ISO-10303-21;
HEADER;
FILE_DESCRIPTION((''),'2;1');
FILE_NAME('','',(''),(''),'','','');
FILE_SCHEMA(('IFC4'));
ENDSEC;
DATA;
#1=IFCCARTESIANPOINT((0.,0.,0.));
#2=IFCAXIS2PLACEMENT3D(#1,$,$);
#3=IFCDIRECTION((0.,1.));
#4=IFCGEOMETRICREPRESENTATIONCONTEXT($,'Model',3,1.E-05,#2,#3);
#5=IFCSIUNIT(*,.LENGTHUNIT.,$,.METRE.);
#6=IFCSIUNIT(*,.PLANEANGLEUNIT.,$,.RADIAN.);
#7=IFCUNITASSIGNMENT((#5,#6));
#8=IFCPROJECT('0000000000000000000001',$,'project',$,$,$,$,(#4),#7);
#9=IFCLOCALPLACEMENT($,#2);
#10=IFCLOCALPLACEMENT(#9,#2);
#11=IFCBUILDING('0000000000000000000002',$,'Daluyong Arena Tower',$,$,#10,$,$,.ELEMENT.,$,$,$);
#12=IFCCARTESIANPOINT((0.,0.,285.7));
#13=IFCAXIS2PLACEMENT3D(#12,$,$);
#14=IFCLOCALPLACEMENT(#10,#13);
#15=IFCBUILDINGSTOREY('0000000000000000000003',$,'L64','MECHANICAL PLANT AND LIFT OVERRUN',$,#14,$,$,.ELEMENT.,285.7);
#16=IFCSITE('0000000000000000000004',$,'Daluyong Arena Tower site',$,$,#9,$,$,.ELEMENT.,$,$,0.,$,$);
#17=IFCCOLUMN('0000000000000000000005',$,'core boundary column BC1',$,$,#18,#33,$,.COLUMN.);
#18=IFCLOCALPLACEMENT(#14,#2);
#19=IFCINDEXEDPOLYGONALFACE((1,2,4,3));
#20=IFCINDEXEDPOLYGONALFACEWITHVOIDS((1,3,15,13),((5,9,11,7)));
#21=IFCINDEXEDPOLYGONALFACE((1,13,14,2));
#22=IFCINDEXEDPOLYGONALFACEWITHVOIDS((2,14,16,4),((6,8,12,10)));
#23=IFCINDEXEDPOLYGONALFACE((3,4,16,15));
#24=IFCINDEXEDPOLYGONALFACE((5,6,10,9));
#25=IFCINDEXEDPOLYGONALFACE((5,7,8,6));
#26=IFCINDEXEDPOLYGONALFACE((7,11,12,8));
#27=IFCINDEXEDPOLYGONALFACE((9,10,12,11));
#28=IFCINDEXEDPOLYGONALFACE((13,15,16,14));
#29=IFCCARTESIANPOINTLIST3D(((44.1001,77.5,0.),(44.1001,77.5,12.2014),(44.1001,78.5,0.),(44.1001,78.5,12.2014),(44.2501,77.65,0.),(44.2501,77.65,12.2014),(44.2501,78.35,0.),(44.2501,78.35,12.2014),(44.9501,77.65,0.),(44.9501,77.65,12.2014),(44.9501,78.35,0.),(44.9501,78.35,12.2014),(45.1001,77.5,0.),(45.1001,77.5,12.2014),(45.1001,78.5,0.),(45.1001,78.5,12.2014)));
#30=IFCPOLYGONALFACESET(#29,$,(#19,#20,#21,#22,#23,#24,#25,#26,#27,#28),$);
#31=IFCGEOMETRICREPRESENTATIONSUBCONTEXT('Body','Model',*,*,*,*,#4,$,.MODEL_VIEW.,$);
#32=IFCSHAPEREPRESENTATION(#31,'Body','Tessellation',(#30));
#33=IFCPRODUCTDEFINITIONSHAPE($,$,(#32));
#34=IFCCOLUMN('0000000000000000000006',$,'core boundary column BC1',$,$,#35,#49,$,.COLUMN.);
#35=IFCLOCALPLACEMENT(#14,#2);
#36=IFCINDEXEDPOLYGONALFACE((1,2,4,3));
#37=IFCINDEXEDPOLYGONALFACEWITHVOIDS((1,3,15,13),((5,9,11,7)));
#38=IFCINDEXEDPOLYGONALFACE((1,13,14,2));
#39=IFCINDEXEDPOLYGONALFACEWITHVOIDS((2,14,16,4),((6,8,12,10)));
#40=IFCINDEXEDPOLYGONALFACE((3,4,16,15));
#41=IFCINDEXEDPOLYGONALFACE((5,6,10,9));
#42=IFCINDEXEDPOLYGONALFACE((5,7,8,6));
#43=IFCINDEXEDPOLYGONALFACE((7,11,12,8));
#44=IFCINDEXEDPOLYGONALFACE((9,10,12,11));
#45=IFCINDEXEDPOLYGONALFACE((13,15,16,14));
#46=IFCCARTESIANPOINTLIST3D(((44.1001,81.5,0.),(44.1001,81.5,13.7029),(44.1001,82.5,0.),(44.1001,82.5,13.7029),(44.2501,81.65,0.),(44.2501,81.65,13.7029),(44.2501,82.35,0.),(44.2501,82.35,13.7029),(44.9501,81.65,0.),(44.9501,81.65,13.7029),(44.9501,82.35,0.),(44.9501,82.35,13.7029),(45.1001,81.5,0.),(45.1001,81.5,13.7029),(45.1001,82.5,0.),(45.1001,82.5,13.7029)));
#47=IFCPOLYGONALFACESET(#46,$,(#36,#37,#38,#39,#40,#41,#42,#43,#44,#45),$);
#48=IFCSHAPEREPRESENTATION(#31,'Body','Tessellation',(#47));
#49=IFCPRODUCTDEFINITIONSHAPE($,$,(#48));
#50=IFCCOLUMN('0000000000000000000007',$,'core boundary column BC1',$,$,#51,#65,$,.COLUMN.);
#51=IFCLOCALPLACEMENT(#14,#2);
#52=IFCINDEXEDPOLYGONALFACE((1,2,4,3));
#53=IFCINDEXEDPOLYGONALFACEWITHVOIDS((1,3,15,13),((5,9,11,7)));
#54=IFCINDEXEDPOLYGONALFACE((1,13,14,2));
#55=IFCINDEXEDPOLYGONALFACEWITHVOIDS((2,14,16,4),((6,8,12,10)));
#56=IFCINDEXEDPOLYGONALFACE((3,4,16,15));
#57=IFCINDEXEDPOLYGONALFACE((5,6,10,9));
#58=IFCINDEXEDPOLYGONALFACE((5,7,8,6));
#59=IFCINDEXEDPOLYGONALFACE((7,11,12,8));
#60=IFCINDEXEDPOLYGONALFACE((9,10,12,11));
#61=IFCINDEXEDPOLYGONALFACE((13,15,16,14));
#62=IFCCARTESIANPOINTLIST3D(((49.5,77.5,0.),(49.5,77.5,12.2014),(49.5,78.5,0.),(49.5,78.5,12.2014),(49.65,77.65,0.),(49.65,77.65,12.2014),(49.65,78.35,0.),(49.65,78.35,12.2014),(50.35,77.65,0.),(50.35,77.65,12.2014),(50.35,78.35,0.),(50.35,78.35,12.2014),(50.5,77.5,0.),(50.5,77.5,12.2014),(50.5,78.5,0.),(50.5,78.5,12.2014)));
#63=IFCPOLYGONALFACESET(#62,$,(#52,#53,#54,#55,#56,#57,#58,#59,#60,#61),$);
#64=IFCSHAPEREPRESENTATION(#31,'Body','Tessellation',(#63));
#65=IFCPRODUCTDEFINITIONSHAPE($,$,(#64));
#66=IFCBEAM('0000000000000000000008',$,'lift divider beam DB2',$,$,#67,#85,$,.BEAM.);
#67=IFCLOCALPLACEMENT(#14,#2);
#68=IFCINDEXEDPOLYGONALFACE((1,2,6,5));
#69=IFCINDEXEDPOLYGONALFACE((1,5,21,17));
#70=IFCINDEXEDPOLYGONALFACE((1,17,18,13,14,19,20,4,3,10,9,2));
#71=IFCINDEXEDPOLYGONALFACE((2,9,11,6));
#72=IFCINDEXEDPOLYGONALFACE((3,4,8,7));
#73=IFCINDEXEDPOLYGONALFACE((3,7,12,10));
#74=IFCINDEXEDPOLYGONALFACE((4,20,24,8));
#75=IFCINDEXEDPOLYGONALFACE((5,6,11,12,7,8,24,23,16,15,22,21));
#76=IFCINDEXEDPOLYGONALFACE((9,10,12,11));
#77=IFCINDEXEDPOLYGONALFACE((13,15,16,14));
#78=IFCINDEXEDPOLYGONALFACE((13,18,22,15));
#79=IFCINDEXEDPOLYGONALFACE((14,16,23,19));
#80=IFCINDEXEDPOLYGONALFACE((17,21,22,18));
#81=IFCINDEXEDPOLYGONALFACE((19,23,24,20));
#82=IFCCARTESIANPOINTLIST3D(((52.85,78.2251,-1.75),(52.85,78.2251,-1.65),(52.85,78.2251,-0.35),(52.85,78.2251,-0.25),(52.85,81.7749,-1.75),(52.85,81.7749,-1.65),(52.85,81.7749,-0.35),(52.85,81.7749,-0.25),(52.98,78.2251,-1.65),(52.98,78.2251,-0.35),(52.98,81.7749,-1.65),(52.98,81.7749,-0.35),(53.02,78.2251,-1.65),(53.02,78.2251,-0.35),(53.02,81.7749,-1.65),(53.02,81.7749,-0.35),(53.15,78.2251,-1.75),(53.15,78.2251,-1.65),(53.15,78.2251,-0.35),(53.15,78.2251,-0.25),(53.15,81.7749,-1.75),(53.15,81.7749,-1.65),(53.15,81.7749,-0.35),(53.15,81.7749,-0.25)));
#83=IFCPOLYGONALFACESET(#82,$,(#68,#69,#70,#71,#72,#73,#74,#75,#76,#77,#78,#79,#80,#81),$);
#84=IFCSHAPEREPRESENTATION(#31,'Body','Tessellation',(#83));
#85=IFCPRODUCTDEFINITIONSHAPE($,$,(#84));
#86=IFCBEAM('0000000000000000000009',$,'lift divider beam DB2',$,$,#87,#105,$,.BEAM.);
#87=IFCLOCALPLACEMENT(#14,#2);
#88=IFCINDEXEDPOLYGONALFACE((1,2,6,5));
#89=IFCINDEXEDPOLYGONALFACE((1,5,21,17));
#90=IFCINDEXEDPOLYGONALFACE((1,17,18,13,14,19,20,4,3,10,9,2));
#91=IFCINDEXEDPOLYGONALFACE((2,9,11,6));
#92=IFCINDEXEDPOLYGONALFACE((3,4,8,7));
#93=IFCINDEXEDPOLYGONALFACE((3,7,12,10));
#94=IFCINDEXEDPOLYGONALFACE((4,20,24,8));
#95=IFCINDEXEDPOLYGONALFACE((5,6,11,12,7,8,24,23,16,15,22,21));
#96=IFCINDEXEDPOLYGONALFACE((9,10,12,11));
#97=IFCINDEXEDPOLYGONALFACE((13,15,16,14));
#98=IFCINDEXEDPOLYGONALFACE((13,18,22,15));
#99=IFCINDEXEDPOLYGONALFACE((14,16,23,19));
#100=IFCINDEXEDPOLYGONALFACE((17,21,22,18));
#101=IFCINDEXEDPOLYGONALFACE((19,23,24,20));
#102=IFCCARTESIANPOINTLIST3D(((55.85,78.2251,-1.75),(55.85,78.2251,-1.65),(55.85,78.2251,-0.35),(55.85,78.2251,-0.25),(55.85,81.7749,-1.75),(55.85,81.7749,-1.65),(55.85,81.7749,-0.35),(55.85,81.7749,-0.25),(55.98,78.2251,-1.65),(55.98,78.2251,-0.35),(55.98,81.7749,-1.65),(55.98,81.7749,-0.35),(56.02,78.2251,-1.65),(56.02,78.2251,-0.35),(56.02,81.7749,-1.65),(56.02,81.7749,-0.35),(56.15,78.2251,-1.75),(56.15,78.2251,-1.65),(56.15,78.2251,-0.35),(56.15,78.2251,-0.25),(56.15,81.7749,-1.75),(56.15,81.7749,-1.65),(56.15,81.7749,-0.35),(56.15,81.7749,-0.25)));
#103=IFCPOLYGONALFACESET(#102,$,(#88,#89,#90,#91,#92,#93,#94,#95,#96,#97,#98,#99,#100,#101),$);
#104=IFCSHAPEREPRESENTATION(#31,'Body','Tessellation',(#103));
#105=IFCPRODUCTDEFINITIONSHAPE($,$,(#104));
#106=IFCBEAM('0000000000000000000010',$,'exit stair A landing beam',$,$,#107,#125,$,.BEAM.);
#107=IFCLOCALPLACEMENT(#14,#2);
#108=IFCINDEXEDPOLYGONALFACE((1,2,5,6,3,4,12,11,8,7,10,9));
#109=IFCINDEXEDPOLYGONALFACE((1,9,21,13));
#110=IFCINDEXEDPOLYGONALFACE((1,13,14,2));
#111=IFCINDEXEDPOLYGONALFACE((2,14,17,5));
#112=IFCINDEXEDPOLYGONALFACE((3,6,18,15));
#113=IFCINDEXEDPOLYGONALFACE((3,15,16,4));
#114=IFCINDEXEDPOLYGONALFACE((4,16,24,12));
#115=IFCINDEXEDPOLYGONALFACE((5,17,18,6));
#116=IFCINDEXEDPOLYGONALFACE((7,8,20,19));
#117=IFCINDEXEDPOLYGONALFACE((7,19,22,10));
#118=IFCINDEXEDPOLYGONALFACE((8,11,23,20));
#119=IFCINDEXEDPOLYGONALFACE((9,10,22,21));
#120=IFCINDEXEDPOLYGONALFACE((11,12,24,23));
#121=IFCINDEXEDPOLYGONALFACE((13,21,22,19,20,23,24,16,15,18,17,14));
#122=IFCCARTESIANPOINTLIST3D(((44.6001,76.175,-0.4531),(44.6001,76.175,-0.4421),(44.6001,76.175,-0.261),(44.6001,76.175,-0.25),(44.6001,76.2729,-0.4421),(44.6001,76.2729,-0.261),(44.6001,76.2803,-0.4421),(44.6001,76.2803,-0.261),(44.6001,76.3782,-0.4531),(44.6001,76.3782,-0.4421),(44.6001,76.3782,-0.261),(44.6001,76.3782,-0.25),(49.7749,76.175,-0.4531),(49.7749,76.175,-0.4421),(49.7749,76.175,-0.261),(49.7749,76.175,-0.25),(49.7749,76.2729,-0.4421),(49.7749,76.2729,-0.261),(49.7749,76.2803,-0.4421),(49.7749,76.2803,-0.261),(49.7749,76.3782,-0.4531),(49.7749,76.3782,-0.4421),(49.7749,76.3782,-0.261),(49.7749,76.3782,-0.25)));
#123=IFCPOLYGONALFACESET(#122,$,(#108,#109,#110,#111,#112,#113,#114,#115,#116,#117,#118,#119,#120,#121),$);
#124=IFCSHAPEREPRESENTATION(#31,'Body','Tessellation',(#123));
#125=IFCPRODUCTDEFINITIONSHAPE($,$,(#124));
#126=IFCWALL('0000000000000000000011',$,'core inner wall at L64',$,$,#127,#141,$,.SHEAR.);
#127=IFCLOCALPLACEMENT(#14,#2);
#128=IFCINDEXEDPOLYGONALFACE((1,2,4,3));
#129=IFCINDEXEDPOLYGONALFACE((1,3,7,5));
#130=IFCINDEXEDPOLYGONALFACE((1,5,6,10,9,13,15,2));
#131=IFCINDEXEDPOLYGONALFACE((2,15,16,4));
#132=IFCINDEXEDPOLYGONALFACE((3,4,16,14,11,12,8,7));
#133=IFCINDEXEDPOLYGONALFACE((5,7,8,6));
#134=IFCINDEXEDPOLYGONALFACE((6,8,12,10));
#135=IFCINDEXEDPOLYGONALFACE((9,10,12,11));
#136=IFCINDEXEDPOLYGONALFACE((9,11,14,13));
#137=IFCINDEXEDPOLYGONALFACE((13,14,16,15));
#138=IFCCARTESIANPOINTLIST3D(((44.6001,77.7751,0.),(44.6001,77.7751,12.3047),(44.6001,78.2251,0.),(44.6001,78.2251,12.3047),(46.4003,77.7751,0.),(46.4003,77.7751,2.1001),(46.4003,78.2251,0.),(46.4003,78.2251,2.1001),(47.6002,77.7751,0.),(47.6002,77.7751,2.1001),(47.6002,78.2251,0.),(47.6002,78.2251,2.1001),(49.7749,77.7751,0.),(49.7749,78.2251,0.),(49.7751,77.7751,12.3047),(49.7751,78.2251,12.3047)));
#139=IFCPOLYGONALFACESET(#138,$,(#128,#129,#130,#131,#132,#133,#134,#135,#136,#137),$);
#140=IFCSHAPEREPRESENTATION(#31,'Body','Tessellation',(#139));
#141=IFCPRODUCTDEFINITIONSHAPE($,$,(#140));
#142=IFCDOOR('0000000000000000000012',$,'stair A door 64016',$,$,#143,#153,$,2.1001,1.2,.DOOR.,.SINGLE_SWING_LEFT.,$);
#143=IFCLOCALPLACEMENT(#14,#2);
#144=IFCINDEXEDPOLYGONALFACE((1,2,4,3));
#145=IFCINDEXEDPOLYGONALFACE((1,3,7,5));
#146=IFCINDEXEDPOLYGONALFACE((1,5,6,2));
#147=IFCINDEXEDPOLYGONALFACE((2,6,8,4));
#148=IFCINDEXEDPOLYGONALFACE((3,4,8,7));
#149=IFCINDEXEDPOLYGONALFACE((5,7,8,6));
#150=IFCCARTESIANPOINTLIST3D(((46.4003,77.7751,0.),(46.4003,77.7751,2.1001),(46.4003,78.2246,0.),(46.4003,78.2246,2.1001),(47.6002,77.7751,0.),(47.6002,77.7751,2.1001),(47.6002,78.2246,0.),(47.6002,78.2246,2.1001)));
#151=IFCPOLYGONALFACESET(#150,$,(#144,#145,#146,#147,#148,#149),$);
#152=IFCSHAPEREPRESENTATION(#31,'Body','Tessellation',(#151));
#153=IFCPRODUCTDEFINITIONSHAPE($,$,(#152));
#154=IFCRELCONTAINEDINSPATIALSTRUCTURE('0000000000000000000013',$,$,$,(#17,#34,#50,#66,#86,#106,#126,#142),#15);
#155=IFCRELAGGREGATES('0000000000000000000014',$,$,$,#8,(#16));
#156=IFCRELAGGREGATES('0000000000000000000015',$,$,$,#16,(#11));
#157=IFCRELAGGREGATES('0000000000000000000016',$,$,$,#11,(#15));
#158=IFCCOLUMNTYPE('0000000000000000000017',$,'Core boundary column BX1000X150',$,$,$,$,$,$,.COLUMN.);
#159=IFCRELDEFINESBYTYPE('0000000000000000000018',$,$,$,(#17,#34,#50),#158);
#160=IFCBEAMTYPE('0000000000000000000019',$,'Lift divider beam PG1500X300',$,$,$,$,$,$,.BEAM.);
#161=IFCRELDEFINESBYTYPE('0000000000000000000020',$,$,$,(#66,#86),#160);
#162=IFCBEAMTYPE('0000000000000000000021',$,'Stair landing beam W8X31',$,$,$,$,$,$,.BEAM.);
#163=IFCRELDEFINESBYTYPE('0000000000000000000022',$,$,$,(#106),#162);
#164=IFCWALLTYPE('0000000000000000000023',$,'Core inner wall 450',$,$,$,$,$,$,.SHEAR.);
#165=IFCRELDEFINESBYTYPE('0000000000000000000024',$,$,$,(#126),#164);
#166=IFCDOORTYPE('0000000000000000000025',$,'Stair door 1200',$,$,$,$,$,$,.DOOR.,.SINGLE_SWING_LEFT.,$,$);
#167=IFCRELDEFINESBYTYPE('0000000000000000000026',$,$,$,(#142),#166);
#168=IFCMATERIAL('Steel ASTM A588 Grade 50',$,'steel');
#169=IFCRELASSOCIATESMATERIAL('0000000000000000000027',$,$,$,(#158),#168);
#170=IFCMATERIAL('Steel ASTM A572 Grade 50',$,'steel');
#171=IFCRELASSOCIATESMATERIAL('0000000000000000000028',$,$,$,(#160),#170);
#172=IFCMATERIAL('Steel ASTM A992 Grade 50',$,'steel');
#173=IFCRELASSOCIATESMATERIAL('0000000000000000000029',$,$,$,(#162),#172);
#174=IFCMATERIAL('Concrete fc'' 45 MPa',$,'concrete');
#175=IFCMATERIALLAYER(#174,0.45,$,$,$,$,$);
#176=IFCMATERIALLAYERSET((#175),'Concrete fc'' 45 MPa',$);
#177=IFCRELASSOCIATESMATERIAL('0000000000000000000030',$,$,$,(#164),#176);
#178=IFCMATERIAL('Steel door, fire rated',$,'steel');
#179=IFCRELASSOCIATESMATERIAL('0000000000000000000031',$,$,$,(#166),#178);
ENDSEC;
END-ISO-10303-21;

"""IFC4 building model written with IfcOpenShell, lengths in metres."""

from ifc_helpers import new_model, si_unit, direction, frame, frame_2d, origin, origin_2d, place, context, subcontext, project, spatial, polyline, rectangle, hollow_rectangle, i_section, outline, extrude, material, layer, layer_set, material_profile, profile_set, type_object, element, fill, save


model = new_model("IFC4")

# Units and contexts
model_context = context("Model", 3, precision=1e-05, world=origin(), true_north=direction((0.0, 1.0)))
body_context = subcontext(model_context, "Body", "Model", "MODEL_VIEW")
ifc_project = project(units=[si_unit("LENGTHUNIT", "METRE"), si_unit("PLANEANGLEUNIT", "RADIAN")], contexts=[model_context])

# Site, building, storey
site_placement = place(None, origin())
site = spatial("IfcSite", under=ifc_project, at=site_placement, Name="Daluyong Arena Tower site", CompositionType="ELEMENT", RefElevation=0.0)
building_placement = place(site_placement, origin())
building = spatial("IfcBuilding", under=site, at=building_placement, Name="Daluyong Arena Tower", CompositionType="ELEMENT")
storey_placement = place(building_placement, frame((0.0, 0.0, 285.7)))
storey = spatial("IfcBuildingStorey", under=building, at=storey_placement, Name="L64", Description="MECHANICAL PLANT AND LIFT OVERRUN", CompositionType="ELEMENT", Elevation=285.7)

# Columns
ifc_material_1 = material(Name="Steel ASTM A588 Grade 50", Category="steel")
ifc_material_profile_1 = material_profile(ifc_material_1, hollow_rectangle(XDim=1.0, YDim=1.0, WallThickness=0.15, at=origin_2d()))
ifc_profile_set_1 = profile_set([ifc_material_profile_1], Name="Steel ASTM A588 Grade 50")
column_type = type_object("IfcColumnType", Name="Core boundary column BX1000X150", PredefinedType="COLUMN", material=ifc_profile_set_1)
column_1_placement = place(storey_placement, frame((44.6001, 78.0, 0.0), z_axis=(0.0, 0.0, 1.0), x_axis=(1.0, 0.0, 0.0)))
element("IfcColumn", 1, at=column_1_placement, inside=storey, type_object=column_type, Name="core boundary column BC1", PredefinedType="COLUMN", context=body_context, shape_type="SweptSolid", body=[
    extrude(hollow_rectangle(XDim=1.0, YDim=1.0, WallThickness=0.15, at=origin_2d()), origin(), (0.0, 0.0, 1.0), 12.2014),
])
column_2_placement = place(storey_placement, frame((44.6001, 82.0, 0.0), z_axis=(0.0, 0.0, 1.0), x_axis=(1.0, 0.0, 0.0)))
element("IfcColumn", 2, at=column_2_placement, inside=storey, type_object=column_type, Name="core boundary column BC1", PredefinedType="COLUMN", context=body_context, shape_type="SweptSolid", body=[
    extrude(hollow_rectangle(XDim=1.0, YDim=1.0, WallThickness=0.15, at=origin_2d()), origin(), (0.0, 0.0, 1.0), 13.7029),
])
column_3_placement = place(storey_placement, frame((50.0, 78.0, 0.0), z_axis=(0.0, 0.0, 1.0), x_axis=(1.0, 0.0, 0.0)))
element("IfcColumn", 3, at=column_3_placement, inside=storey, type_object=column_type, Name="core boundary column BC1", PredefinedType="COLUMN", context=body_context, shape_type="SweptSolid", body=[
    extrude(hollow_rectangle(XDim=1.0, YDim=1.0, WallThickness=0.15, at=origin_2d()), origin(), (0.0, 0.0, 1.0), 12.2014),
])

# Beams
ifc_material_2 = material(Name="Steel ASTM A572 Grade 50", Category="steel")
ifc_material_profile_2 = material_profile(ifc_material_2, i_section(OverallWidth=0.3, OverallDepth=1.5, WebThickness=0.04, FlangeThickness=0.1, at=origin_2d()))
ifc_profile_set_2 = profile_set([ifc_material_profile_2], Name="Steel ASTM A572 Grade 50")
beam_type_1 = type_object("IfcBeamType", Name="Lift divider beam PG1500X300", PredefinedType="BEAM", material=ifc_profile_set_2)
for number, where, z_axis, x_axis, name in (
    (4, (53.0, 78.2251, -1.0), (0.0, 1.0, 0.0), (-1.0, 0.0, 0.0), "lift divider beam DB2"),
    (5, (56.0, 78.2251, -1.0), (0.0, 1.0, 0.0), (-1.0, 0.0, 0.0), "lift divider beam DB2"),
):
    element("IfcBeam", number, at=place(storey_placement, frame(where, z_axis=z_axis, x_axis=x_axis)), inside=storey, type_object=beam_type_1, Name=name, PredefinedType="BEAM", context=body_context, shape_type="SweptSolid", body=[
        extrude(i_section(OverallWidth=0.3, OverallDepth=1.5, WebThickness=0.04, FlangeThickness=0.1, at=origin_2d()), origin(), (0.0, 0.0, 1.0), 3.5498),
    ])
ifc_material_3 = material(Name="Steel ASTM A992 Grade 50", Category="steel")
ifc_material_profile_3 = material_profile(ifc_material_3, i_section(OverallWidth=0.2031, OverallDepth=0.2031, WebThickness=0.0073, FlangeThickness=0.011, at=origin_2d()))
ifc_profile_set_3 = profile_set([ifc_material_profile_3], Name="Steel ASTM A992 Grade 50")
beam_type_2 = type_object("IfcBeamType", Name="Stair landing beam W8X31", PredefinedType="BEAM", material=ifc_profile_set_3)
beam_placement = place(storey_placement, frame((44.6001, 76.2766, -0.3516), z_axis=(1.0, 0.0, 0.0), x_axis=(0.0, 1.0, 0.0)))
element("IfcBeam", 6, at=beam_placement, inside=storey, type_object=beam_type_2, Name="exit stair A landing beam", PredefinedType="BEAM", context=body_context, shape_type="SweptSolid", body=[
    extrude(i_section(OverallWidth=0.2031, OverallDepth=0.2031, WebThickness=0.0073, FlangeThickness=0.011, at=origin_2d()), origin(), (0.0, 0.0, 1.0), 5.1748),
])

# Wall, opening, door
ifc_material_4 = material(Name="Concrete fc' 45 MPa", Category="concrete")
ifc_layer = layer(ifc_material_4, 0.45)
ifc_layer_set = layer_set([ifc_layer], Name="Concrete fc' 45 MPa")
wall_type = type_object("IfcWallType", Name="Core inner wall 450", PredefinedType="SHEAR", material=ifc_layer_set)
wall_1_placement = place(storey_placement, frame((44.6001, 78.0, 0.0), z_axis=(0.0, 0.0, 1.0), x_axis=(1.0, 0.0, 0.0)))
wall_1 = element("IfcWall", 7, at=wall_1_placement, inside=storey, type_object=wall_type, Name="core inner wall at L64", PredefinedType="SHEAR", context=body_context, shape_type="SweptSolid", body=[
    extrude(outline(polyline([(0.0, 0.0), (5.1748, 0.0), (5.175, 12.3047), (0.0, 12.3047), (0.0, 0.0)])), frame((0.0, 0.2251, 0.0), z_axis=(0.0, -1.0, 0.0), x_axis=(1.0, 0.0, 0.0)), (0.0, 0.0, 1.0), 0.45),
])
opening_1_placement = place(wall_1_placement, frame((1.8, 0.0, 0.0)))
opening_1 = element("IfcOpeningElement", 8, at=opening_1_placement, cuts=wall_1, PredefinedType="OPENING", context=body_context, shape_type="SweptSolid", body=[
    extrude(rectangle(XDim=1.2, YDim=2.1001, at=frame_2d((0.6001, 1.05))), frame((0.0, 0.2349, 0.0), z_axis=(0.0, -1.0, 0.0), x_axis=(1.0, 0.0, 0.0)), (0.0, 0.0, 1.0), 0.47),
])
ifc_material_5 = material(Name="Steel door, fire rated", Category="steel")
door_type_1 = type_object("IfcDoorType", Name="Stair door 1200", OperationType="SINGLE_SWING_LEFT", PredefinedType="DOOR", material=ifc_material_5)
door_1_placement = place(opening_1_placement, origin())
door_1 = element("IfcDoor", 9, at=door_1_placement, inside=storey, type_object=door_type_1, Name="stair A door 64016", OperationType="SINGLE_SWING_LEFT", OverallHeight=2.1001, OverallWidth=1.2, PredefinedType="DOOR", context=body_context, shape_type="SweptSolid", body=[
    extrude(rectangle(XDim=1.2, YDim=2.1001, at=frame_2d((0.6001, 1.05))), frame((0.0, 0.2246, 0.0), z_axis=(0.0, -1.0, 0.0), x_axis=(1.0, 0.0, 0.0)), (0.0, 0.0, 1.0), 0.4495),
])
fill(opening_1, door_1)

save(model, "model.ifc")
